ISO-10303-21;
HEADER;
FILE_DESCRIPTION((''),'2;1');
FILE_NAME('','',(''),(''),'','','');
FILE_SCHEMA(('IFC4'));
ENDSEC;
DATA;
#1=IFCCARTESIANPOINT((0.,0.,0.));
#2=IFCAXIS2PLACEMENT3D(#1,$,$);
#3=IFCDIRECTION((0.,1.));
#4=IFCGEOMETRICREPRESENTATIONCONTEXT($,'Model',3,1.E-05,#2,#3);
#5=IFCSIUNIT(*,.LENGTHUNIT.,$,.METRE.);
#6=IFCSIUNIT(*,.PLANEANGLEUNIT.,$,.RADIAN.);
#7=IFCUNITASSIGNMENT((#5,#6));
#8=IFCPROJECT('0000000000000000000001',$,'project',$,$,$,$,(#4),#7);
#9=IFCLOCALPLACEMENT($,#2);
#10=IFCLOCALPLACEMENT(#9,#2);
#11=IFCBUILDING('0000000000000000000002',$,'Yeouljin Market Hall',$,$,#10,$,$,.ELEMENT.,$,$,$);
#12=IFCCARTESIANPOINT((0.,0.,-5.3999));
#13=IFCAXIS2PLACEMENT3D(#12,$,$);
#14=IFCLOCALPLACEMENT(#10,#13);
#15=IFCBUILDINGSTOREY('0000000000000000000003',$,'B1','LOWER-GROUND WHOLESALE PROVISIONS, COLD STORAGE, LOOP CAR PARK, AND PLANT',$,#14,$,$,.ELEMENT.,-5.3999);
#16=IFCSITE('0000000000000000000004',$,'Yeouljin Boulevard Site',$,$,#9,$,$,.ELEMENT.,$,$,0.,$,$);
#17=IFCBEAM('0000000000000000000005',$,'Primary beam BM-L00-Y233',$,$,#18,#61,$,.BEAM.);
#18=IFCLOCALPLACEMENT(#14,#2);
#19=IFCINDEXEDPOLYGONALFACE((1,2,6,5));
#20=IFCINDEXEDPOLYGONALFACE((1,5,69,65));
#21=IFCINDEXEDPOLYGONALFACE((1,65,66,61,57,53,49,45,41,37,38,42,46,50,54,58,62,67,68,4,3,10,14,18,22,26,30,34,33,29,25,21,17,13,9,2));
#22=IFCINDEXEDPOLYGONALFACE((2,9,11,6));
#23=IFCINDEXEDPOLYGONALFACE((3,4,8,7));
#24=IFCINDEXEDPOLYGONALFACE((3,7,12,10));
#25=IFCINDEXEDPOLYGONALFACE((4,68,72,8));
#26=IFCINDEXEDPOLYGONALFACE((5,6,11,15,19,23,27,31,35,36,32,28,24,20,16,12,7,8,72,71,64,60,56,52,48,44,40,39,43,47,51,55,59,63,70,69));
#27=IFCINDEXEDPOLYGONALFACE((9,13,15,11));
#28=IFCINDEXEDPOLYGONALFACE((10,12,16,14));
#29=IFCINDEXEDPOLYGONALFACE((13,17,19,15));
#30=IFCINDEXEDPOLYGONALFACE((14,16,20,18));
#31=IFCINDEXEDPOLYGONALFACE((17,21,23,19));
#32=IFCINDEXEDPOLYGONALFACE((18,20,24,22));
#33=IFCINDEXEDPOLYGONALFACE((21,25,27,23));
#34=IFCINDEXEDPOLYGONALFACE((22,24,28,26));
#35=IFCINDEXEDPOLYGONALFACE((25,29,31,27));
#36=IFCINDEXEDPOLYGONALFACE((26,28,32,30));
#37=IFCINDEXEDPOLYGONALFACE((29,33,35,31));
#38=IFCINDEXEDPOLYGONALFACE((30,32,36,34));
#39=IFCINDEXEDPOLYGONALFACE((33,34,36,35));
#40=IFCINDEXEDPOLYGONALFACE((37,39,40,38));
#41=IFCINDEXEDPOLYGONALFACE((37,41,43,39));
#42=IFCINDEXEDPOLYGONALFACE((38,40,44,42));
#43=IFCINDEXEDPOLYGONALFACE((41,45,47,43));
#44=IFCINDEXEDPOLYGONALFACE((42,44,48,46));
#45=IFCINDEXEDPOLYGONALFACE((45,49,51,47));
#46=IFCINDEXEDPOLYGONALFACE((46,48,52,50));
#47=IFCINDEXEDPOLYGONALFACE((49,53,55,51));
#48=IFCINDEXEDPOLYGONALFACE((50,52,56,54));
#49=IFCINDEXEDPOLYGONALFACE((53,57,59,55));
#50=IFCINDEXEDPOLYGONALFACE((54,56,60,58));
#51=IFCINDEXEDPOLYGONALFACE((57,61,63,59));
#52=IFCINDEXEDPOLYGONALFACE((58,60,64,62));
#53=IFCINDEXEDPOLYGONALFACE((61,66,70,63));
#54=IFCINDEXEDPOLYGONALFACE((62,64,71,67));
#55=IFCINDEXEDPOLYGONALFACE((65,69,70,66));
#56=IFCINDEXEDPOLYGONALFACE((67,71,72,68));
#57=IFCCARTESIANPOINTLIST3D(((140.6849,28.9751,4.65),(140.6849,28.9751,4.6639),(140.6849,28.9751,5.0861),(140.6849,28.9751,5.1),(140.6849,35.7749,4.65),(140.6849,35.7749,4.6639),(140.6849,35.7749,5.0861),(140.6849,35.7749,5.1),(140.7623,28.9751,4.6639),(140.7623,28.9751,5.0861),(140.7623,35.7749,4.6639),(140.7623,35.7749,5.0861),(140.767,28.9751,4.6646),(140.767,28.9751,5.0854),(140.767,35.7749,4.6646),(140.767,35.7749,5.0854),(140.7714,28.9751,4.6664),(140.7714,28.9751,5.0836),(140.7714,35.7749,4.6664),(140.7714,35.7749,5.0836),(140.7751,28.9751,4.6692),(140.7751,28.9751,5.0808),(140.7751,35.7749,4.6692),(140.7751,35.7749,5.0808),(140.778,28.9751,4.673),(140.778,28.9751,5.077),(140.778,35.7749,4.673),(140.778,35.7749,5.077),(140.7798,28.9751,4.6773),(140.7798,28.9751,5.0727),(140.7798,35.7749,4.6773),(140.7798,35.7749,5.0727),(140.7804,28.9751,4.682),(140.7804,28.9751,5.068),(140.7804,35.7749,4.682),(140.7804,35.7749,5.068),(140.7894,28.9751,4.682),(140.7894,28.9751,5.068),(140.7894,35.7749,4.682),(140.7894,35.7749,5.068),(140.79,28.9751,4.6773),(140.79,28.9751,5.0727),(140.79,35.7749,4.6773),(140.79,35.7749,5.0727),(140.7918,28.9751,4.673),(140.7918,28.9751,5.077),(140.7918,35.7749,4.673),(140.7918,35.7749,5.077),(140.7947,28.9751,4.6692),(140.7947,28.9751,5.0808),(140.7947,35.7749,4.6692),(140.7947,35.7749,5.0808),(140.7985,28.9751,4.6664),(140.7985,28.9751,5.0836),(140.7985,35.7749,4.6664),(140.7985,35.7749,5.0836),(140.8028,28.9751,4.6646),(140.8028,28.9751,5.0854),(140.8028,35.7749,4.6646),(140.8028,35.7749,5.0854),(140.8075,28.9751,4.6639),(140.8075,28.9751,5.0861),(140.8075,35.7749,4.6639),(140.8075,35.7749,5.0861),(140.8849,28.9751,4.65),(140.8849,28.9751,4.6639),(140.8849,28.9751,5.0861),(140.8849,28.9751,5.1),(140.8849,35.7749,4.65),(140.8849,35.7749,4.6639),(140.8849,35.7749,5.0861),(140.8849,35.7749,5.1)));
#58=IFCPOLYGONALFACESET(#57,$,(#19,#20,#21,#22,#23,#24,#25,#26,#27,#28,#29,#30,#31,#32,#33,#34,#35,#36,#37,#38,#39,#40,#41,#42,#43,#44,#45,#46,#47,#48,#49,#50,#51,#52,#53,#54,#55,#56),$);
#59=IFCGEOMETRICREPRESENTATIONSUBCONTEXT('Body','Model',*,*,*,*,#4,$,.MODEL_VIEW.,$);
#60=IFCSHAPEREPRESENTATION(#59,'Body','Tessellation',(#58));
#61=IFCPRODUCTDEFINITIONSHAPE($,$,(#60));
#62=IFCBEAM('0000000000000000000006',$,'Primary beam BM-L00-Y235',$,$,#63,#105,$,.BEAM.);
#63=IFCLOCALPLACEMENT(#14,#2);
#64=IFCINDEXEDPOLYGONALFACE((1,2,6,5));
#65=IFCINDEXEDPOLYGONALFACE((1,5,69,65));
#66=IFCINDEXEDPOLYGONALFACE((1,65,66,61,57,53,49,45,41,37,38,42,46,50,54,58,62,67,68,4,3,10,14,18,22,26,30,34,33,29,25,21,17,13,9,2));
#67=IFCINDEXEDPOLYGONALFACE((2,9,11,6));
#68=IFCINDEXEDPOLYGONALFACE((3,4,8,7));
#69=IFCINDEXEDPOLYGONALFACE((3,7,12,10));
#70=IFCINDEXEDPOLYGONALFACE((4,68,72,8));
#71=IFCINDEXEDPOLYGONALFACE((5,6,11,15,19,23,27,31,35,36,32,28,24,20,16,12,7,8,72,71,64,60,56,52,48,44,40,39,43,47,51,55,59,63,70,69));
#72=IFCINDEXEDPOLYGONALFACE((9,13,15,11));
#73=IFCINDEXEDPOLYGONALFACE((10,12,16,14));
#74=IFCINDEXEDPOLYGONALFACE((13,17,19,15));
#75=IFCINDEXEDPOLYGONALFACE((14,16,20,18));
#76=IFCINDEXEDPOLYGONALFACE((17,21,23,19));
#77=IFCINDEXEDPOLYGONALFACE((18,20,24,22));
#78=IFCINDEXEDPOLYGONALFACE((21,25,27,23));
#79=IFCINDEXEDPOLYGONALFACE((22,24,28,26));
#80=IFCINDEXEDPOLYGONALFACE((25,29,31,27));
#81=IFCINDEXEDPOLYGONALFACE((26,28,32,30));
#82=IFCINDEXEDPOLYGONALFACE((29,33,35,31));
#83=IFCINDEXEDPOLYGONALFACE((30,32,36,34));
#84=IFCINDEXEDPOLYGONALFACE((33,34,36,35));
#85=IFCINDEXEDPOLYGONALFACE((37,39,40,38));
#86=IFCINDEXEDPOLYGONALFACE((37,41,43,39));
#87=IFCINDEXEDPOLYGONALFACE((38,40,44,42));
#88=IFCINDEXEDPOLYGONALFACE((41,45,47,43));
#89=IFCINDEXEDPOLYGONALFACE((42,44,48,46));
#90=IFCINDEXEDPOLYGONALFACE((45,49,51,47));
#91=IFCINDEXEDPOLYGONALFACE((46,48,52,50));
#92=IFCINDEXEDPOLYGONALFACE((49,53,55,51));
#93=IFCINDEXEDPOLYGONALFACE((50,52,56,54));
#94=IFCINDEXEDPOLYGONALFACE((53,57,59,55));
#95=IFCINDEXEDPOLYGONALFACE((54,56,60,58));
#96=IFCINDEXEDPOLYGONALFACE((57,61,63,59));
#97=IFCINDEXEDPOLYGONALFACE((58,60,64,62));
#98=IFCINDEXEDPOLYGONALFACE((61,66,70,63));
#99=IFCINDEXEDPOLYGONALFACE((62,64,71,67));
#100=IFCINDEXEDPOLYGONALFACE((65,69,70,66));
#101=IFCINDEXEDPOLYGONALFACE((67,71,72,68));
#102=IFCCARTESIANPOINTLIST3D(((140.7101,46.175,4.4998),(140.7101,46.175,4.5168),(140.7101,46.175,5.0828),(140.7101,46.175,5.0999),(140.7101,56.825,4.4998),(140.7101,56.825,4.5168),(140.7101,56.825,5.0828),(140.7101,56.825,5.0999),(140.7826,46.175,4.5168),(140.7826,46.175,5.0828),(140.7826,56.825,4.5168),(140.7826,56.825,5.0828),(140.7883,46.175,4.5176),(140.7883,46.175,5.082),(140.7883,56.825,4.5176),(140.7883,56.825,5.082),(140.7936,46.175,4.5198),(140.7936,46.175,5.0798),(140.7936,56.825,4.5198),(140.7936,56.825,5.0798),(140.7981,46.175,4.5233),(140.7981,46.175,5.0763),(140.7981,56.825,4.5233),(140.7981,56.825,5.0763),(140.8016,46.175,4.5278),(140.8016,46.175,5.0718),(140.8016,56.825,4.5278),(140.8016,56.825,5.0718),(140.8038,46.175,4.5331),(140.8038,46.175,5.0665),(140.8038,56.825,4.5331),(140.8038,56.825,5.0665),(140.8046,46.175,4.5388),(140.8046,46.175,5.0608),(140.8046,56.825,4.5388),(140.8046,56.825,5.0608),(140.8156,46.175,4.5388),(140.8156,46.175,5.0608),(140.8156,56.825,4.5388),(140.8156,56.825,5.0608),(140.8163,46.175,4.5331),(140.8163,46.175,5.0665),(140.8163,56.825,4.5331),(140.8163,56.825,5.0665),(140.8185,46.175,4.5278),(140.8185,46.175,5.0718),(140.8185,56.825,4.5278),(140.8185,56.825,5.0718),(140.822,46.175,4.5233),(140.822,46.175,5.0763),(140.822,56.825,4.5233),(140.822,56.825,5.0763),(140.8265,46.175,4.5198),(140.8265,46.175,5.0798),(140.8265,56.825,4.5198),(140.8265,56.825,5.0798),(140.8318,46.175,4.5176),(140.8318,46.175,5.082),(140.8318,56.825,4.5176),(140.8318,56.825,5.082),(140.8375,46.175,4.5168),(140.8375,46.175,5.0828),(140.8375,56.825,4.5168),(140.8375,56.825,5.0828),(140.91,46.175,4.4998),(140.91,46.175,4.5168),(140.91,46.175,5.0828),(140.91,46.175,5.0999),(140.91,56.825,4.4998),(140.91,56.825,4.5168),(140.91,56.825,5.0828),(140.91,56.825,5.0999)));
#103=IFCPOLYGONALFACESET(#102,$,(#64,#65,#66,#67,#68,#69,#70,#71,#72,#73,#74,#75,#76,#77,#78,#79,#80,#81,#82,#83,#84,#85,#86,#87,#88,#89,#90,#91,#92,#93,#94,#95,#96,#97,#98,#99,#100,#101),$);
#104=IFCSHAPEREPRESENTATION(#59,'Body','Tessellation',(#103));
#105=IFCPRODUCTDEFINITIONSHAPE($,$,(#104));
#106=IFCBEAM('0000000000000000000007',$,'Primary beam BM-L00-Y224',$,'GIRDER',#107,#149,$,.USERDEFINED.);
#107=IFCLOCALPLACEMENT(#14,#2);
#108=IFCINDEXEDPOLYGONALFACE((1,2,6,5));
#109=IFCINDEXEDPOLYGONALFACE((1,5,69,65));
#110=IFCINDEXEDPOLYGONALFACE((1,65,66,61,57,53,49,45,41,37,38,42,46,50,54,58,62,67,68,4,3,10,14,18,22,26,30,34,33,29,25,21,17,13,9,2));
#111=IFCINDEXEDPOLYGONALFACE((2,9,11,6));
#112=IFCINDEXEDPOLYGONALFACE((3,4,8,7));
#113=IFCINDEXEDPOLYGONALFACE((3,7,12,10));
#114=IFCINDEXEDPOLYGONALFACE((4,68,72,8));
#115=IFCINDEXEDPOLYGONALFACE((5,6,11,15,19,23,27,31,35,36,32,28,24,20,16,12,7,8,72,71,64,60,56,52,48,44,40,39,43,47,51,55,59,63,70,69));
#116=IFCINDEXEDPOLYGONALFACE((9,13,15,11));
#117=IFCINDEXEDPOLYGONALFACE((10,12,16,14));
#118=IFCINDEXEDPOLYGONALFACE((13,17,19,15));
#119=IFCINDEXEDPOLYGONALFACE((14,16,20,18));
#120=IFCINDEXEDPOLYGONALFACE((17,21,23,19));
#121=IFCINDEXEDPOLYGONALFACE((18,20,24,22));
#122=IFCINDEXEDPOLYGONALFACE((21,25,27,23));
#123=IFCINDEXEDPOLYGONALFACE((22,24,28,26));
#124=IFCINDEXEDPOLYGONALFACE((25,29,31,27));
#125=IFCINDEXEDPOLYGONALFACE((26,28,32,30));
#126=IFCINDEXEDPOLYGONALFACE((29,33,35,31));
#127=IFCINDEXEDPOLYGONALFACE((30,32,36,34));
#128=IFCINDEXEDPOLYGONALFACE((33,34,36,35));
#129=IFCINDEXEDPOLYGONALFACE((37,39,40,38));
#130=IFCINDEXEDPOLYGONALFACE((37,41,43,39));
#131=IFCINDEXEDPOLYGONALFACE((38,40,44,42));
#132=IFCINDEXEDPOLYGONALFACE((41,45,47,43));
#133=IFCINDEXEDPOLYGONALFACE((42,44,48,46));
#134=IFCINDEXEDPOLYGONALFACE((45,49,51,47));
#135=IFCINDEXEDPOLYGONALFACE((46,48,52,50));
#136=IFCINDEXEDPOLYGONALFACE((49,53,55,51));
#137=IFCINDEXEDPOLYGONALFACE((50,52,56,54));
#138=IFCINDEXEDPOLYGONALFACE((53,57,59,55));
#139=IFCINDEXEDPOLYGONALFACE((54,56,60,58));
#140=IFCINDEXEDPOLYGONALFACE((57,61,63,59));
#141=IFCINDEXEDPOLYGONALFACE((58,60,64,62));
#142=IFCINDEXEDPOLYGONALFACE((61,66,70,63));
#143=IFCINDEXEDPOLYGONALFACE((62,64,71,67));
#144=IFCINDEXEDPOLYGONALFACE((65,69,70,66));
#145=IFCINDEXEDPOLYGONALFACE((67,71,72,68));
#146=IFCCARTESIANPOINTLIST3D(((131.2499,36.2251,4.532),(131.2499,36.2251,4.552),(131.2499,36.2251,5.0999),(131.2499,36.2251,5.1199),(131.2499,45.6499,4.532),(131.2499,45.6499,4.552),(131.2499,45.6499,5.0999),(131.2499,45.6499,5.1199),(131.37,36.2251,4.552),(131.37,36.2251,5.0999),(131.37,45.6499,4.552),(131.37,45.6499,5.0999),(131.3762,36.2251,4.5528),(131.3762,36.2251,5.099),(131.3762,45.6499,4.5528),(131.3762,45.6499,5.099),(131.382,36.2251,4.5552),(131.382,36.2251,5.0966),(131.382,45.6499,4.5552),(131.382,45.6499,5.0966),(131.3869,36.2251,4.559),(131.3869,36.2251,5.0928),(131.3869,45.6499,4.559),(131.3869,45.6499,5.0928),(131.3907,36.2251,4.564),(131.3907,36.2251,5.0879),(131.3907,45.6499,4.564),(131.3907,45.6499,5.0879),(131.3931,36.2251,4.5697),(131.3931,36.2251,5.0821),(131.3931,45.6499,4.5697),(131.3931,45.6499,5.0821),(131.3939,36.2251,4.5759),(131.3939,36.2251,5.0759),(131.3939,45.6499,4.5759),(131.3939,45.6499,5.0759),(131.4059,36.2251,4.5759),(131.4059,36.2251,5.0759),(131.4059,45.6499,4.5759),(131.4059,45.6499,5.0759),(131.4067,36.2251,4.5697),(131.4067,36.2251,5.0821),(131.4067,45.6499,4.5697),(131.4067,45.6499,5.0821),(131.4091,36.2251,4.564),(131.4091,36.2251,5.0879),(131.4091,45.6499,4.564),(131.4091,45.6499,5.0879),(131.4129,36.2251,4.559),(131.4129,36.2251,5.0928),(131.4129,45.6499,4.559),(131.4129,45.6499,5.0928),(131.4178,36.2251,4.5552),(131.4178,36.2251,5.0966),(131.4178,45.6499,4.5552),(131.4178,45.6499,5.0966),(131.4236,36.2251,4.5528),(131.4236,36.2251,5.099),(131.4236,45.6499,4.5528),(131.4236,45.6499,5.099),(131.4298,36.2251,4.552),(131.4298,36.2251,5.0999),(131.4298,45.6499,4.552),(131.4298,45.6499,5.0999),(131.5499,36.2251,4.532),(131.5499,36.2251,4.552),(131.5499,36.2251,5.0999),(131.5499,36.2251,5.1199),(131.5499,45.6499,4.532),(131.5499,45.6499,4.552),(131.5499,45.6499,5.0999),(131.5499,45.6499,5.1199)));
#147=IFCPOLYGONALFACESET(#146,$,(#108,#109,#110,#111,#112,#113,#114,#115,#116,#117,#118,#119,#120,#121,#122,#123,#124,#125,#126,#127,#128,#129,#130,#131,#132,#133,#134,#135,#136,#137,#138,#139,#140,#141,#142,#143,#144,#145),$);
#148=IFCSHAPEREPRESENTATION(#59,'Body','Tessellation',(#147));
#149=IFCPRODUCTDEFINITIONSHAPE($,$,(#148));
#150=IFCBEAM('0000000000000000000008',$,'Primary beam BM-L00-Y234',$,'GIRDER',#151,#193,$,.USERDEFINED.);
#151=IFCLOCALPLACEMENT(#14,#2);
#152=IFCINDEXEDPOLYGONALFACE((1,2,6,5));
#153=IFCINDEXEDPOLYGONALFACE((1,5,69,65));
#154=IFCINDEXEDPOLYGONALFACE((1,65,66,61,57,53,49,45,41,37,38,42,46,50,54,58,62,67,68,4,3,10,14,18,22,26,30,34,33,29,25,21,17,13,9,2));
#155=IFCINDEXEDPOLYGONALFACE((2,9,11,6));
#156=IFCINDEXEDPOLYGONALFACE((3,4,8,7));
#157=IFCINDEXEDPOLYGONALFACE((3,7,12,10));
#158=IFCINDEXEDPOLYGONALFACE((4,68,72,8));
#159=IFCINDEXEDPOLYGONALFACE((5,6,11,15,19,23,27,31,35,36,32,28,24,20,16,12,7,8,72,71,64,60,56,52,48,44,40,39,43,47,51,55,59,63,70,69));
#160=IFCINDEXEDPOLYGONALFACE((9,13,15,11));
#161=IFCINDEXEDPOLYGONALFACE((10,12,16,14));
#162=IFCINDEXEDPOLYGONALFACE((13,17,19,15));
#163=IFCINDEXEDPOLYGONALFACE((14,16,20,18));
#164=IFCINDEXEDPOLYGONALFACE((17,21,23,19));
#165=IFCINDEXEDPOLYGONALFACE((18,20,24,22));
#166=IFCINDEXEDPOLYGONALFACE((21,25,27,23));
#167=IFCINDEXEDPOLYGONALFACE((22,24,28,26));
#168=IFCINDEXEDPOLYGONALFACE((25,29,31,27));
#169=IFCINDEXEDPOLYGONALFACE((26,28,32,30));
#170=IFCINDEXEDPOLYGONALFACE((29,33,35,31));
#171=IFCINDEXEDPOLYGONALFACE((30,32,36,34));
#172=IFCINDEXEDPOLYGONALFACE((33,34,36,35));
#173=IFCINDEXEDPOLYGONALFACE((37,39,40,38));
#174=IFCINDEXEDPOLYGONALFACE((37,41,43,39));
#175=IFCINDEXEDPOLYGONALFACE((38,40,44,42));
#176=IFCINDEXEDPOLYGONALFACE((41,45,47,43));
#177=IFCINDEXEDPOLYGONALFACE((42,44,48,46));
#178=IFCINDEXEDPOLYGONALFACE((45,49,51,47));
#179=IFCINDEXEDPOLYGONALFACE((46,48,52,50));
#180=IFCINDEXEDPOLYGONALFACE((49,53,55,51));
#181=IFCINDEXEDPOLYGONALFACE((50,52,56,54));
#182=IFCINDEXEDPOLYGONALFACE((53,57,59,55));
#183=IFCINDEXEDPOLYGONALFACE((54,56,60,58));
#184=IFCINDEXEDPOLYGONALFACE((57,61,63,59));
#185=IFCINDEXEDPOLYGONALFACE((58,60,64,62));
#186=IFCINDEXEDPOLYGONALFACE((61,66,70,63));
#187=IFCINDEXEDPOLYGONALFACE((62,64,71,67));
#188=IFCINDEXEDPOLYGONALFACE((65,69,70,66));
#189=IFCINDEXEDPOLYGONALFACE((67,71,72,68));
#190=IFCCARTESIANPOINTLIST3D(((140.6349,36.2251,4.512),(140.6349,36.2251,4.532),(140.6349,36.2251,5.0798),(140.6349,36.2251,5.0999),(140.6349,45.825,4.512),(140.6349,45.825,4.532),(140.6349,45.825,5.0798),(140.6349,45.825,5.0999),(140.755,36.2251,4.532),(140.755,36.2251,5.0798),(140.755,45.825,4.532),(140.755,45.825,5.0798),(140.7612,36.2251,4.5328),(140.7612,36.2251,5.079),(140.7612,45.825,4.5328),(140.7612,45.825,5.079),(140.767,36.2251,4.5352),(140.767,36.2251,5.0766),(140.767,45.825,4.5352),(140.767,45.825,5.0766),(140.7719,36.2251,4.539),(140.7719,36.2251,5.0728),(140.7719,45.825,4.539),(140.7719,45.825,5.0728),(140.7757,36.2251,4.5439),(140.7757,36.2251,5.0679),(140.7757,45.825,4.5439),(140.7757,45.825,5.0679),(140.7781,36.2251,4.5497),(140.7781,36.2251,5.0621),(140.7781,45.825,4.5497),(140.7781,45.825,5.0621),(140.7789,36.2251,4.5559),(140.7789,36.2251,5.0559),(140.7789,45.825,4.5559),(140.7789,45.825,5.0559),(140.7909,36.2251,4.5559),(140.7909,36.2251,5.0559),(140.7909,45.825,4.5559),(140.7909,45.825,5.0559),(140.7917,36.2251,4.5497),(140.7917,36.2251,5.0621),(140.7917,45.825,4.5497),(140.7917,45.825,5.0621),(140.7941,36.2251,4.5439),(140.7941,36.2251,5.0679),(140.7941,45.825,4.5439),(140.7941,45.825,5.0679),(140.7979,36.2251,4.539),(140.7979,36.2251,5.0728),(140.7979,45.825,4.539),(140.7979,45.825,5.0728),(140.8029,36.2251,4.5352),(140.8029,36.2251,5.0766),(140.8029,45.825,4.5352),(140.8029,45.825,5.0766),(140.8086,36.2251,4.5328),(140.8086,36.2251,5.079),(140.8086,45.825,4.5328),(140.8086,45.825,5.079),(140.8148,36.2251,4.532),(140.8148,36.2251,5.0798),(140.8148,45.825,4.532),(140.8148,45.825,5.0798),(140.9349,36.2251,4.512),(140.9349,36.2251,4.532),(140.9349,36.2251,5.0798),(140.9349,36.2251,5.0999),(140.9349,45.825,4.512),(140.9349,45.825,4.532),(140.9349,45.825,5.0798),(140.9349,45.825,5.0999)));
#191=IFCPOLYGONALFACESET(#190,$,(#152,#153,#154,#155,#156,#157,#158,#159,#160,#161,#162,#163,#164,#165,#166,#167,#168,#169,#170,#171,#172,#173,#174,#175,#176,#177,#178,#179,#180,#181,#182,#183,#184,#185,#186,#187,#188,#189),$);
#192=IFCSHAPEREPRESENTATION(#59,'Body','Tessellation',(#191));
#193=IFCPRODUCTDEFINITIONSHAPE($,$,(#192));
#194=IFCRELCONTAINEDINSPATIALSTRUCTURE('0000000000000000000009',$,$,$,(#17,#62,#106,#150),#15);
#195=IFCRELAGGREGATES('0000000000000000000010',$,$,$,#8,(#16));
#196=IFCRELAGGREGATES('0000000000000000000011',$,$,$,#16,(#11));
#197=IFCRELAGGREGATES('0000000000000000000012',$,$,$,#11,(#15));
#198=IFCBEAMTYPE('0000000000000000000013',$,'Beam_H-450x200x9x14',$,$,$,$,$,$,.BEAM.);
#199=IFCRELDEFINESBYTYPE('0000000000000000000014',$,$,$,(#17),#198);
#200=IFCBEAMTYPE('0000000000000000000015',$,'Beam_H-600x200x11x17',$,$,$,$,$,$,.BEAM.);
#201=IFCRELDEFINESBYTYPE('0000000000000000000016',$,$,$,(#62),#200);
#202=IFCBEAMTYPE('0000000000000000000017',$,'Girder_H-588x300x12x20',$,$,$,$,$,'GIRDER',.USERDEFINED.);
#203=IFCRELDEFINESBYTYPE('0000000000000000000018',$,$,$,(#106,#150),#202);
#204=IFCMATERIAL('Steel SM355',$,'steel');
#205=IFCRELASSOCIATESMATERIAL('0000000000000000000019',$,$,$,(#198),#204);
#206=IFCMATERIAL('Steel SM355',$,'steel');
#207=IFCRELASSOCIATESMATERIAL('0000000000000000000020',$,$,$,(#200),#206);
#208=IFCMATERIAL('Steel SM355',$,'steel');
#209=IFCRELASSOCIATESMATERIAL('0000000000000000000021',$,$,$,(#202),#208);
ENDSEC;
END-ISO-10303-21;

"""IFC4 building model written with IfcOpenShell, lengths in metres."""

from ifc_helpers import new_model, si_unit, direction, frame, origin, origin_2d, place, context, subcontext, project, spatial, i_section, extrude, material, material_profile, profile_set, type_object, element, save


model = new_model("IFC4")

# Units and contexts
model_context = context("Model", 3, precision=1e-05, world=origin(), true_north=direction((0.0, 1.0)))
body_context = subcontext(model_context, "Body", "Model", "MODEL_VIEW")
ifc_project = project(units=[si_unit("LENGTHUNIT", "METRE"), si_unit("PLANEANGLEUNIT", "RADIAN")], contexts=[model_context])

# Site, building, storey
site_placement = place(None, origin())
site = spatial("IfcSite", under=ifc_project, at=site_placement, Name="Yeouljin Boulevard Site", CompositionType="ELEMENT", RefElevation=0.0)
building_placement = place(site_placement, origin())
building = spatial("IfcBuilding", under=site, at=building_placement, Name="Yeouljin Market Hall", CompositionType="ELEMENT")
storey_placement = place(building_placement, frame((0.0, 0.0, -5.3999)))
storey = spatial("IfcBuildingStorey", under=building, at=storey_placement, Name="B1", Description="LOWER-GROUND WHOLESALE PROVISIONS, COLD STORAGE, LOOP CAR PARK, AND PLANT", CompositionType="ELEMENT", Elevation=-5.3999)

# Beams
ifc_material_1 = material(Name="Steel SM355", Category="steel")
ifc_material_profile_1 = material_profile(ifc_material_1, i_section(OverallWidth=0.2, OverallDepth=0.45, WebThickness=0.009, FlangeThickness=0.0139, FilletRadius=0.0181, at=origin_2d()), Name="H-450x200x9x14")
ifc_profile_set_1 = profile_set([ifc_material_profile_1], Name="Steel SM355")
beam_type_1 = type_object("IfcBeamType", Name="Beam_H-450x200x9x14", PredefinedType="BEAM", material=ifc_profile_set_1)
beam_1_placement = place(storey_placement, frame((140.7849, 28.9751, 4.875), z_axis=(0.0, 1.0, 0.0), x_axis=(-1.0, 0.0, 0.0)))
element("IfcBeam", 1, at=beam_1_placement, inside=storey, type_object=beam_type_1, Name="Primary beam BM-L00-Y233", PredefinedType="BEAM", context=body_context, shape_type="SweptSolid", body=[
    extrude(i_section(OverallWidth=0.2, OverallDepth=0.45, WebThickness=0.009, FlangeThickness=0.0139, FilletRadius=0.0181, at=origin_2d()), origin(), (0.0, 0.0, 1.0), 6.7998),
])
ifc_material_2 = material(Name="Steel SM355", Category="steel")
ifc_material_profile_2 = material_profile(ifc_material_2, i_section(OverallWidth=0.2, OverallDepth=0.6001, WebThickness=0.011, FlangeThickness=0.0171, FilletRadius=0.022, at=origin_2d()), Name="H-600x200x11x17")
ifc_profile_set_2 = profile_set([ifc_material_profile_2], Name="Steel SM355")
beam_type_2 = type_object("IfcBeamType", Name="Beam_H-600x200x11x17", PredefinedType="BEAM", material=ifc_profile_set_2)
beam_2_placement = place(storey_placement, frame((140.8101, 46.175, 4.7998), z_axis=(0.0, 1.0, 0.0), x_axis=(-1.0, 0.0, 0.0)))
element("IfcBeam", 2, at=beam_2_placement, inside=storey, type_object=beam_type_2, Name="Primary beam BM-L00-Y235", PredefinedType="BEAM", context=body_context, shape_type="SweptSolid", body=[
    extrude(i_section(OverallWidth=0.2, OverallDepth=0.6001, WebThickness=0.011, FlangeThickness=0.0171, FilletRadius=0.022, at=origin_2d()), origin(), (0.0, 0.0, 1.0), 10.6499),
])
ifc_material_3 = material(Name="Steel SM355", Category="steel")
ifc_material_profile_3 = material_profile(ifc_material_3, i_section(OverallWidth=0.3, OverallDepth=0.5879, WebThickness=0.012, FlangeThickness=0.02, FilletRadius=0.0239, at=origin_2d()), Name="H-588x300x12x20")
ifc_profile_set_3 = profile_set([ifc_material_profile_3], Name="Steel SM355")
beam_type_3 = type_object("IfcBeamType", Name="Girder_H-588x300x12x20", ElementType="GIRDER", PredefinedType="USERDEFINED", material=ifc_profile_set_3)
beam_3_placement = place(storey_placement, frame((131.3999, 36.2251, 4.8259), z_axis=(0.0, 1.0, 0.0), x_axis=(-1.0, 0.0, 0.0)))
element("IfcBeam", 3, at=beam_3_placement, inside=storey, type_object=beam_type_3, Name="Primary beam BM-L00-Y224", ObjectType="GIRDER", PredefinedType="USERDEFINED", context=body_context, shape_type="SweptSolid", body=[
    extrude(i_section(OverallWidth=0.3, OverallDepth=0.5879, WebThickness=0.012, FlangeThickness=0.02, FilletRadius=0.0239, at=origin_2d()), origin(), (0.0, 0.0, 1.0), 9.4248),
])
beam_4_placement = place(storey_placement, frame((140.7849, 36.2251, 4.8059), z_axis=(0.0, 1.0, 0.0), x_axis=(-1.0, 0.0, 0.0)))
element("IfcBeam", 4, at=beam_4_placement, inside=storey, type_object=beam_type_3, Name="Primary beam BM-L00-Y234", ObjectType="GIRDER", PredefinedType="USERDEFINED", context=body_context, shape_type="SweptSolid", body=[
    extrude(i_section(OverallWidth=0.3, OverallDepth=0.5879, WebThickness=0.012, FlangeThickness=0.02, FilletRadius=0.0239, at=origin_2d()), origin(), (0.0, 0.0, 1.0), 9.5999),
])

save(model, "model.ifc")
